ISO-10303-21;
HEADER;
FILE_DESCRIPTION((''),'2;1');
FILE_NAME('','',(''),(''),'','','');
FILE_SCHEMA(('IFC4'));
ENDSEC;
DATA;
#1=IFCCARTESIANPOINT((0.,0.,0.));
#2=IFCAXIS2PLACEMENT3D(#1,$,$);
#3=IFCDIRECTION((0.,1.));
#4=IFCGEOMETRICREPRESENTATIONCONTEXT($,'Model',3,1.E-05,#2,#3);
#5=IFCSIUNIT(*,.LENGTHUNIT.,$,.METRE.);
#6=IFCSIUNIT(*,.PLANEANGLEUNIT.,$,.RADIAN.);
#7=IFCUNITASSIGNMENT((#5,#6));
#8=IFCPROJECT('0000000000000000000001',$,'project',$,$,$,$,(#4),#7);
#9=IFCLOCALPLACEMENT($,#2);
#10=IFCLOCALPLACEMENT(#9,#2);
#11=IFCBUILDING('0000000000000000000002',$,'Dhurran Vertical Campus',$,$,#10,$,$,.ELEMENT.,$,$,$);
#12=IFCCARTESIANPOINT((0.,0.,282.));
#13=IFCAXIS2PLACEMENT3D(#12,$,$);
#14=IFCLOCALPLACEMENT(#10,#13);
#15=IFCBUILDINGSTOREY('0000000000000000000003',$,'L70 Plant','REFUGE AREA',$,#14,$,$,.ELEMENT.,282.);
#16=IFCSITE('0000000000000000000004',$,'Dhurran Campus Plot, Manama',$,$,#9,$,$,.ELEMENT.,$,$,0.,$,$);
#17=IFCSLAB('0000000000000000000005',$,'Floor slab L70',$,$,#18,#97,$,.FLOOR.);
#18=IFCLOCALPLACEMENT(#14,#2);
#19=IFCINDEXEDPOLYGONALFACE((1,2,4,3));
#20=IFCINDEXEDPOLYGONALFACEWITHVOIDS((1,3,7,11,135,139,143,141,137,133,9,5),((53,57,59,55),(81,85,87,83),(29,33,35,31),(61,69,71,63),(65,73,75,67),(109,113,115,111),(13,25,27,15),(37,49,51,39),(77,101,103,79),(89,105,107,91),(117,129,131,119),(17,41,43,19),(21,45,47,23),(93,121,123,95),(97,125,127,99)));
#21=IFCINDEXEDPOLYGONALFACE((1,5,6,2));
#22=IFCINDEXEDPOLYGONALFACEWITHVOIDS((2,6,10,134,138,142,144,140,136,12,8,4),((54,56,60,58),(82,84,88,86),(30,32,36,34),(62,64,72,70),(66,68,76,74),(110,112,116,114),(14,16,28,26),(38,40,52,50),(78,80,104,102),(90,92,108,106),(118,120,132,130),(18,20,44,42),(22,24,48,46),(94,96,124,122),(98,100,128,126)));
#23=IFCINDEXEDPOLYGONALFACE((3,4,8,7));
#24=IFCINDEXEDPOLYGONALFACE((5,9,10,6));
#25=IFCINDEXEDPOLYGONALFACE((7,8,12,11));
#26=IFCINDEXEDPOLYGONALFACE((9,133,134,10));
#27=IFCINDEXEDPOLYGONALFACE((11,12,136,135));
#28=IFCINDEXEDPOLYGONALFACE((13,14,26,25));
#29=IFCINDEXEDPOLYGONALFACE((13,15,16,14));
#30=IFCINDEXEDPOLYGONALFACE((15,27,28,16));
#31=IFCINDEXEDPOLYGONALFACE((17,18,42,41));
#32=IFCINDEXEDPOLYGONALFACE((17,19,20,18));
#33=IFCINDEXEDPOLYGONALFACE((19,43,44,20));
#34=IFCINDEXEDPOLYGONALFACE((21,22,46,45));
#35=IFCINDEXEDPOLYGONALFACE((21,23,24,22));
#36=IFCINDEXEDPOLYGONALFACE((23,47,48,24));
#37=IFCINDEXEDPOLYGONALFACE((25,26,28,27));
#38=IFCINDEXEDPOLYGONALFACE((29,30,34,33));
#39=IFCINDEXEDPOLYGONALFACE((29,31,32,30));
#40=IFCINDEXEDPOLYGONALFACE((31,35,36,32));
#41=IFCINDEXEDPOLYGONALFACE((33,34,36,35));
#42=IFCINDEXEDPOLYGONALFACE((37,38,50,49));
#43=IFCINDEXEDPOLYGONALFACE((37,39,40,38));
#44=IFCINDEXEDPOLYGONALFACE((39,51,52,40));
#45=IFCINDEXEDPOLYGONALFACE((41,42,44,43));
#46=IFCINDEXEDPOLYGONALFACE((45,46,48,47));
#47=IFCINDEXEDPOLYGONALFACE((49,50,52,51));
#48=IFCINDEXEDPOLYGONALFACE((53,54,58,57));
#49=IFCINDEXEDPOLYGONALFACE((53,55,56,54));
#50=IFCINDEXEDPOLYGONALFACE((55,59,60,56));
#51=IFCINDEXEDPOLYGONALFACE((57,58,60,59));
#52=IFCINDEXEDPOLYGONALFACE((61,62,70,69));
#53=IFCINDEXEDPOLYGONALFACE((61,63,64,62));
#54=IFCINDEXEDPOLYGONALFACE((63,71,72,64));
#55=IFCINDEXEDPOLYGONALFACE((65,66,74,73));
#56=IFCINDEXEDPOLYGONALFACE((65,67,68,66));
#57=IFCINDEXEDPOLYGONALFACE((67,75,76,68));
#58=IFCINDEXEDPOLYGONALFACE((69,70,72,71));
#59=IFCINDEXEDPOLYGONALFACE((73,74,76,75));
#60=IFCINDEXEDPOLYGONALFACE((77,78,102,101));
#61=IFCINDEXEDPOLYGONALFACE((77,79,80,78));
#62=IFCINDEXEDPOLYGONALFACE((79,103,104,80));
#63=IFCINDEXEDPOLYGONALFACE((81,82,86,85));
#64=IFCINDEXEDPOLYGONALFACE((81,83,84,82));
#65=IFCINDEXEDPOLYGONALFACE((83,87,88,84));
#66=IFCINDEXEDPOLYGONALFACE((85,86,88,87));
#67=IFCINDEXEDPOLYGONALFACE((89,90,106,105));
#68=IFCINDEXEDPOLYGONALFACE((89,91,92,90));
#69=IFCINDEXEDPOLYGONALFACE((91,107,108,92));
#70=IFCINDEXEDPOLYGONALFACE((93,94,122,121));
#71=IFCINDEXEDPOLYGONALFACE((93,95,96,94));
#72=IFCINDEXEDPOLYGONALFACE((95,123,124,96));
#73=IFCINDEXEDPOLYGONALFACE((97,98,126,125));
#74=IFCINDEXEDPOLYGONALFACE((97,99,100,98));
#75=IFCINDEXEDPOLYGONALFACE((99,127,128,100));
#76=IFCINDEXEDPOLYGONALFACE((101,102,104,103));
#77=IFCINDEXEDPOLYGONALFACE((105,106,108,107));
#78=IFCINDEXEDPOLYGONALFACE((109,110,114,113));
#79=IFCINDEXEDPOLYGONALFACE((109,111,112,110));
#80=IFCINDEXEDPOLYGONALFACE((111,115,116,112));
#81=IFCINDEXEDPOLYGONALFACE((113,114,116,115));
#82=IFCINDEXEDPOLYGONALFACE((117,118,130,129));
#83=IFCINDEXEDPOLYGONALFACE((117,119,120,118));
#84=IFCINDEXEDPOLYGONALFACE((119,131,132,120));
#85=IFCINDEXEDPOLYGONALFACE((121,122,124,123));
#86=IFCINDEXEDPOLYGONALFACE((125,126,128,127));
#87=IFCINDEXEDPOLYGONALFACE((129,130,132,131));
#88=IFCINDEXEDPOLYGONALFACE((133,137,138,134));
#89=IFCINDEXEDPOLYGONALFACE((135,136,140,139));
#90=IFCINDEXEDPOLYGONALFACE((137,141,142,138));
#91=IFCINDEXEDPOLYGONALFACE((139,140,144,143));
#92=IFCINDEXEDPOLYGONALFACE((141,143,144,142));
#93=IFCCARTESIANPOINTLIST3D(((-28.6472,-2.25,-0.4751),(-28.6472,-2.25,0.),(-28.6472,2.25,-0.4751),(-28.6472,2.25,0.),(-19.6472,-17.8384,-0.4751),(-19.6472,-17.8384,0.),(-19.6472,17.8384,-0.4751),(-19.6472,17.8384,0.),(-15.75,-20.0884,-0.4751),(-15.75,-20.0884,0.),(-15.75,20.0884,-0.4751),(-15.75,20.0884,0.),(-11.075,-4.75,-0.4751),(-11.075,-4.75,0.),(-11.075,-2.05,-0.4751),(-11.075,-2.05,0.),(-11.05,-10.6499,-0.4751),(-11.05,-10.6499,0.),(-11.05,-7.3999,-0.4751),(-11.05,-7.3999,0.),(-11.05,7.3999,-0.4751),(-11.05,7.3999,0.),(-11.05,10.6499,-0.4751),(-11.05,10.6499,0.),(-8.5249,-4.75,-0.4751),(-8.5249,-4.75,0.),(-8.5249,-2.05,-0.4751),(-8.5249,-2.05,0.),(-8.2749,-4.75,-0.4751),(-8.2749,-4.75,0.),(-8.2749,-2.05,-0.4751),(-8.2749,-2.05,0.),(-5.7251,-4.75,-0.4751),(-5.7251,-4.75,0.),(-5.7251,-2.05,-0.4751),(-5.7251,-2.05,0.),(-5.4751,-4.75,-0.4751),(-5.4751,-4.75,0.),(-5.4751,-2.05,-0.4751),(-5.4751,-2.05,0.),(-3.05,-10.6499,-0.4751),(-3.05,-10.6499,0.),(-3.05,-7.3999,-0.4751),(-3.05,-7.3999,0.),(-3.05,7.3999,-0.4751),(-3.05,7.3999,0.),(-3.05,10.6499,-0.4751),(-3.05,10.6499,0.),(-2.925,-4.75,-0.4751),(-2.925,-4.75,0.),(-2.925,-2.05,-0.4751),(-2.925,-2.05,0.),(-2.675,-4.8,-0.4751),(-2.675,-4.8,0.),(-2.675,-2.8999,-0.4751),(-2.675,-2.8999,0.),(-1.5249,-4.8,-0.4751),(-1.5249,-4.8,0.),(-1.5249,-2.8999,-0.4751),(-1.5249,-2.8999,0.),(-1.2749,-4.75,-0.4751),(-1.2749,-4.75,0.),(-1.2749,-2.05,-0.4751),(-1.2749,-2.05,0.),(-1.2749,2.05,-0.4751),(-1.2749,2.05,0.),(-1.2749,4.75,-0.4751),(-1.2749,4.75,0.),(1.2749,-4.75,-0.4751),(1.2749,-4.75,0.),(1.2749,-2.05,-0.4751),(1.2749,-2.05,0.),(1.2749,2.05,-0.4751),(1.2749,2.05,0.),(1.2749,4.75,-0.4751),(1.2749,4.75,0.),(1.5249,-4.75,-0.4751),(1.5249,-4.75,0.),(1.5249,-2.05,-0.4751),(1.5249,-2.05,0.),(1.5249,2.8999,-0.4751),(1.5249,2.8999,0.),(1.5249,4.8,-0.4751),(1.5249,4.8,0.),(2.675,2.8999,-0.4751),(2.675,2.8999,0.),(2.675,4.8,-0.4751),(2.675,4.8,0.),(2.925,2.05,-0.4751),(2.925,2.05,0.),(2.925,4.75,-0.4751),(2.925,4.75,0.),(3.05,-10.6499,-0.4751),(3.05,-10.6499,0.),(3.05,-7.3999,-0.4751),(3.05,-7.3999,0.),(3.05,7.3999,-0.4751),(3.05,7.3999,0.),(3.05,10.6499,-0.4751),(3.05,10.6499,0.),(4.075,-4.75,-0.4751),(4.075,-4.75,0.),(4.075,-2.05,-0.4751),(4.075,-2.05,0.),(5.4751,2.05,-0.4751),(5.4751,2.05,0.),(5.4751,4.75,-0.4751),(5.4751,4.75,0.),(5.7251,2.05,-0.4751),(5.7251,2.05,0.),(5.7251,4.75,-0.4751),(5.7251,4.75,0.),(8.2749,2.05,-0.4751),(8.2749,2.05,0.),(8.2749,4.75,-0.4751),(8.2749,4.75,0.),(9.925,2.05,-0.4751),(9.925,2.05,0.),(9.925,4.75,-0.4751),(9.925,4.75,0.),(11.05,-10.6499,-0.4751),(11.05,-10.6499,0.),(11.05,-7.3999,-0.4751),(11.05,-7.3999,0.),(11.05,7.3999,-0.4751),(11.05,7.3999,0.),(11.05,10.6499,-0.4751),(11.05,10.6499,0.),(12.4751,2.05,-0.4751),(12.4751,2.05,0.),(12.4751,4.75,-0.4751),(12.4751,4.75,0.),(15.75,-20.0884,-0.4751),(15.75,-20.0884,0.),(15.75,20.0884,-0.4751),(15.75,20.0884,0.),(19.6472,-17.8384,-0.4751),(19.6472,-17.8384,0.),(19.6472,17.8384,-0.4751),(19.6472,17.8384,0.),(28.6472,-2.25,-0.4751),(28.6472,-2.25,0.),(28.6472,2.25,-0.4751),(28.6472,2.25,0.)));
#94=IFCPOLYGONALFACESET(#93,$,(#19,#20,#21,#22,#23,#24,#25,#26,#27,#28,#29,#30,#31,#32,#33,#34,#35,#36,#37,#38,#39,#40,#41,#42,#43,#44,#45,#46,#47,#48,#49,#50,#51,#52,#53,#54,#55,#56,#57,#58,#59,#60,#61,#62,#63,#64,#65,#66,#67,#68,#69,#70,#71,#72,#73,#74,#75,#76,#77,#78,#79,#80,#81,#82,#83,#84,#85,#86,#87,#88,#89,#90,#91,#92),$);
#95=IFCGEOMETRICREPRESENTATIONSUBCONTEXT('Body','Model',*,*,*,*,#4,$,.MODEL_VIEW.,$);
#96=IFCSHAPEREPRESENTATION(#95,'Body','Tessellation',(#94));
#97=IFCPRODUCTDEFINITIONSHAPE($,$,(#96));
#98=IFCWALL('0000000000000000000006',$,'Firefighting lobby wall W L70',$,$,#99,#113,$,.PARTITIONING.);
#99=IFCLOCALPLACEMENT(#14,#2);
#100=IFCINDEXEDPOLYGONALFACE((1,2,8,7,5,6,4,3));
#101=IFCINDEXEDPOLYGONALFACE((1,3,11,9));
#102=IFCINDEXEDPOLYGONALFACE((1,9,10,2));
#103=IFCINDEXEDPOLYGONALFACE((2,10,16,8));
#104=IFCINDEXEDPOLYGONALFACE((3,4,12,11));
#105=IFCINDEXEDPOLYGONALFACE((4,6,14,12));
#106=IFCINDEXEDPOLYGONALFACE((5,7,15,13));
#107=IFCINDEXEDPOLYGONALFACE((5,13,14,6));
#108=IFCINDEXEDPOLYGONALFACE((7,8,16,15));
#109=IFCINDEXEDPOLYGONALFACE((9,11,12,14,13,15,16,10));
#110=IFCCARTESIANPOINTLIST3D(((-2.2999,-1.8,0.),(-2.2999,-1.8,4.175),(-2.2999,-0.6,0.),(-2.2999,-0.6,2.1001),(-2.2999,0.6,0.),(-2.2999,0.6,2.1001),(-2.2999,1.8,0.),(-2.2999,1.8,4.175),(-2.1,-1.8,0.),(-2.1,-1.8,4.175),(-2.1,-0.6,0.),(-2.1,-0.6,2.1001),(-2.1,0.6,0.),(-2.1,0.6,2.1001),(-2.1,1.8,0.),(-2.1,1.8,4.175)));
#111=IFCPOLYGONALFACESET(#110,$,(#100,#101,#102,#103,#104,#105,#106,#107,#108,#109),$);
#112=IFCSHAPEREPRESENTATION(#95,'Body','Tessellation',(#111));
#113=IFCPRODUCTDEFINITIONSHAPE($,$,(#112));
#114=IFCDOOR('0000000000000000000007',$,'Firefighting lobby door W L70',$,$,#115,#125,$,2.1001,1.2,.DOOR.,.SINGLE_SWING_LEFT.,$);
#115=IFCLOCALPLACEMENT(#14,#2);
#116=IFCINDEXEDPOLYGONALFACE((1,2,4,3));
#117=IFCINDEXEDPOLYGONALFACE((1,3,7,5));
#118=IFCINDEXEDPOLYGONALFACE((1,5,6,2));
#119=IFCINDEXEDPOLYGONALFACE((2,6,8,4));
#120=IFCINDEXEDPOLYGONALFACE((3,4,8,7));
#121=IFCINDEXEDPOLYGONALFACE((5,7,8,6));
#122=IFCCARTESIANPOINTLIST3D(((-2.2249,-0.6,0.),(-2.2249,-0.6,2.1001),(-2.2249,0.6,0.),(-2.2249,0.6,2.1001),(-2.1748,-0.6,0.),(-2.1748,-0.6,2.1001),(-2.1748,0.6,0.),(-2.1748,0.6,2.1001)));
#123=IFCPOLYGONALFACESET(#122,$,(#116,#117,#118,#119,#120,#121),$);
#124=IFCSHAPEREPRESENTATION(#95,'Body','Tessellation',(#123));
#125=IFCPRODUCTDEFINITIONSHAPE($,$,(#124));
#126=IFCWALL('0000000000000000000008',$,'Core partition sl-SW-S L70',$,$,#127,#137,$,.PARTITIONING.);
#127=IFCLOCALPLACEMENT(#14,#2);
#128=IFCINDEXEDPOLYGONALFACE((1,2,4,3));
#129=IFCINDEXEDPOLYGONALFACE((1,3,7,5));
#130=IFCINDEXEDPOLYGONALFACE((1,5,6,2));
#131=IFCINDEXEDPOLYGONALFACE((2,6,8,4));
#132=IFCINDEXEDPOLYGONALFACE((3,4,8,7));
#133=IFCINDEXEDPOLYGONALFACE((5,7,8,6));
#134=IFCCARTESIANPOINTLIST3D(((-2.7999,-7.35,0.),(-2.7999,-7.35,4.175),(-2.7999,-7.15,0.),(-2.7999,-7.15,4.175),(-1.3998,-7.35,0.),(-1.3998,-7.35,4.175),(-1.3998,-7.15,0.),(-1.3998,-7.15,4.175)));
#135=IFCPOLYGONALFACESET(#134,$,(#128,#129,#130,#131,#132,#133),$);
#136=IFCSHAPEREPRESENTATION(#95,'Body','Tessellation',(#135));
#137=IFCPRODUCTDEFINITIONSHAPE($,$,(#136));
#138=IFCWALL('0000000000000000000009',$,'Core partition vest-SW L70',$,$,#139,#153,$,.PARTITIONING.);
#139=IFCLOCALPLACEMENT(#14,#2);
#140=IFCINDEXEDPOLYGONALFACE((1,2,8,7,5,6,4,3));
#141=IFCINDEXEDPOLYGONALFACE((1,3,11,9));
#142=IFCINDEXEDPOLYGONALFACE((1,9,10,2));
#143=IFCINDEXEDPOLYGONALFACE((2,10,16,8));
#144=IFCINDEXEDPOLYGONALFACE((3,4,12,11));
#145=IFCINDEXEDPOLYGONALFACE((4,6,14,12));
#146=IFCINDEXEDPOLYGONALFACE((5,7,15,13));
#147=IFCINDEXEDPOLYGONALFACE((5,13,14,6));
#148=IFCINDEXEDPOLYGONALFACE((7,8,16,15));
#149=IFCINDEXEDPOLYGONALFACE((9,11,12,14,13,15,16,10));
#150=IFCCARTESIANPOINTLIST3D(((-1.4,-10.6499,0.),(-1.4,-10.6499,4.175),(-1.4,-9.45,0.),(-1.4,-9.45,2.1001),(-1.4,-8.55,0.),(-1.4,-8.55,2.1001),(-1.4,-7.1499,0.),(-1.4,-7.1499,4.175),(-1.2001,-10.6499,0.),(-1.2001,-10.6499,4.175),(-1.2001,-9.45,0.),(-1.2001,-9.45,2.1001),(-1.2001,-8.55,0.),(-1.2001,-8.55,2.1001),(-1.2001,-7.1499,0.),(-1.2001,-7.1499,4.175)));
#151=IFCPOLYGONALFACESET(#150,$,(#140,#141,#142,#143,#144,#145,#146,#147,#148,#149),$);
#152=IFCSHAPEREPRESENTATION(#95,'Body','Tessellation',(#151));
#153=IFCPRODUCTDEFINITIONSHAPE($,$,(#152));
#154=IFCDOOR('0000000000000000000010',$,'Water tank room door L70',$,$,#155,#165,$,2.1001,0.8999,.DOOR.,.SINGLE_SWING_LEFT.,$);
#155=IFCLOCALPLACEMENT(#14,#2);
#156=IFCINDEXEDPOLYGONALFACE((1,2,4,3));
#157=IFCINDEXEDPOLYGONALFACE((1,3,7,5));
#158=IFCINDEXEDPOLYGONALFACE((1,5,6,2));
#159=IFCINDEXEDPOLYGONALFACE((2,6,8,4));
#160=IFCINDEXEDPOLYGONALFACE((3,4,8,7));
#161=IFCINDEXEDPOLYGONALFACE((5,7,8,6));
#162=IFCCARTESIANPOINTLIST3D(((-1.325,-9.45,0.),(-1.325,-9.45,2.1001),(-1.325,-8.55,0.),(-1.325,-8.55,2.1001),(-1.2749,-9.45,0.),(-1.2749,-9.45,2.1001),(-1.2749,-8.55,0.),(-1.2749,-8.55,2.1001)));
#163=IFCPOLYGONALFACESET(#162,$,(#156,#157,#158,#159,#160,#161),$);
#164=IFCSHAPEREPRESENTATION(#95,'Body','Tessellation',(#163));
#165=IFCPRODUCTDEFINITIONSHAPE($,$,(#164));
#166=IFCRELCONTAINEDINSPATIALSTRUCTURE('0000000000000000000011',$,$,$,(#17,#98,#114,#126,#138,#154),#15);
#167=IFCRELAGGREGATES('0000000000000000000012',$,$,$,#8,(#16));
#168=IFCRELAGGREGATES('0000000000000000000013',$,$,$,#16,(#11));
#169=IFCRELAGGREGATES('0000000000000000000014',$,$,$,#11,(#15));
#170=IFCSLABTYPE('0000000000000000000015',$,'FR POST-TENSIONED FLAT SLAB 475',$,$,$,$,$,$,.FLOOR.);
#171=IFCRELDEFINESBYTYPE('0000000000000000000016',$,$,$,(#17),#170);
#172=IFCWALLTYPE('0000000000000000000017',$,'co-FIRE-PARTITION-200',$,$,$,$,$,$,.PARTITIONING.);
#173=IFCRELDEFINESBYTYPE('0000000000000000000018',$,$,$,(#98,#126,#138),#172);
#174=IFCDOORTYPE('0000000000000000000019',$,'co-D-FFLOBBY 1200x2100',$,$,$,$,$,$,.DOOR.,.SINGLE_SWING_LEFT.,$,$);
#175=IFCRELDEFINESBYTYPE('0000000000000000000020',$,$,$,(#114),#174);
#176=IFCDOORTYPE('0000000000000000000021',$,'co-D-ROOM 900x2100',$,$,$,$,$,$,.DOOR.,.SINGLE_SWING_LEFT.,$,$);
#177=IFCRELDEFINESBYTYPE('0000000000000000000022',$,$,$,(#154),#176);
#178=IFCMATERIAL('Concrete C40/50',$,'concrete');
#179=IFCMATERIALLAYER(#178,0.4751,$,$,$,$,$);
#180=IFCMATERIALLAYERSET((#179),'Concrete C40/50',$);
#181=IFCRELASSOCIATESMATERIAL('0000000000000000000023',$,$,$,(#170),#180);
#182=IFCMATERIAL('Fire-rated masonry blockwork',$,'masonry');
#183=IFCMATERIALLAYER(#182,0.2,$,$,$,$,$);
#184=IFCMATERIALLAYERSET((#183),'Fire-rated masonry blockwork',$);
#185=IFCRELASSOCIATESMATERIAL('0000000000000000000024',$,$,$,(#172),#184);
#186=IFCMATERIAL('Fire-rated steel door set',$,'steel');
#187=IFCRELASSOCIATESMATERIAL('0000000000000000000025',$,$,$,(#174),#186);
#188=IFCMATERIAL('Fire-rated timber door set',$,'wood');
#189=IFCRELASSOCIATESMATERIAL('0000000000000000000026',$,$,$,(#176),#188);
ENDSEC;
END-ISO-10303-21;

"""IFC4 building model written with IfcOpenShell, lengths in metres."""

from ifc_helpers import new_model, si_unit, direction, frame, frame_2d, origin, place, context, subcontext, project, spatial, polyline, rectangle, outline, extrude, material, layer, layer_set, type_object, element, fill, save


model = new_model("IFC4")

# Units and contexts
model_context = context("Model", 3, precision=1e-05, world=origin(), true_north=direction((0.0, 1.0)))
body_context = subcontext(model_context, "Body", "Model", "MODEL_VIEW")
ifc_project = project(units=[si_unit("LENGTHUNIT", "METRE"), si_unit("PLANEANGLEUNIT", "RADIAN")], contexts=[model_context])

# Site, building, storey
site_placement = place(None, origin())
site = spatial("IfcSite", under=ifc_project, at=site_placement, Name="Dhurran Campus Plot, Manama", CompositionType="ELEMENT", RefElevation=0.0)
building_placement = place(site_placement, origin())
building = spatial("IfcBuilding", under=site, at=building_placement, Name="Dhurran Vertical Campus", CompositionType="ELEMENT")
storey_placement = place(building_placement, frame((0.0, 0.0, 282.0)))
storey = spatial("IfcBuildingStorey", under=building, at=storey_placement, Name="L70 Plant", Description="REFUGE AREA", CompositionType="ELEMENT", Elevation=282.0)

# Slab
ifc_material_1 = material(Name="Concrete C40/50", Category="concrete")
ifc_layer_1 = layer(ifc_material_1, 0.4751)
ifc_layer_set_1 = layer_set([ifc_layer_1], Name="Concrete C40/50")
slab_type = type_object("IfcSlabType", Name="FR POST-TENSIONED FLAT SLAB 475", PredefinedType="FLOOR", material=ifc_layer_set_1)
slab_placement = place(storey_placement, frame((0.0, 0.0, -0.4751)))
element("IfcSlab", 1, at=slab_placement, inside=storey, type_object=slab_type, Name="Floor slab L70", PredefinedType="FLOOR", context=body_context, shape_type="SweptSolid", body=[
    extrude(outline(polyline([(-15.75, -20.0884), (15.75, -20.0884), (19.6472, -17.8384), (28.6472, -2.25), (28.6472, 2.25), (19.6472, 17.8384), (15.75, 20.0884), (-15.75, 20.0884), (-19.6472, 17.8384), (-28.6472, 2.25), (-28.6472, -2.25), (-19.6472, -17.8384), (-15.75, -20.0884)]), holes=[polyline([(-1.2749, 2.05), (1.2749, 2.05), (1.2749, 4.75), (-1.2749, 4.75), (-1.2749, 2.05)]), polyline([(9.925, 2.05), (12.4751, 2.05), (12.4751, 4.75), (9.925, 4.75), (9.925, 2.05)]), polyline([(-1.2749, -4.75), (1.2749, -4.75), (1.2749, -2.05), (-1.2749, -2.05), (-1.2749, -4.75)]), polyline([(1.5249, -4.75), (4.075, -4.75), (4.075, -2.05), (1.5249, -2.05), (1.5249, -4.75)]), polyline([(2.925, 2.05), (5.4751, 2.05), (5.4751, 4.75), (2.925, 4.75), (2.925, 2.05)]), polyline([(5.7251, 2.05), (8.2749, 2.05), (8.2749, 4.75), (5.7251, 4.75), (5.7251, 2.05)]), polyline([(-11.075, -4.75), (-8.5249, -4.75), (-8.5249, -2.05), (-11.075, -2.05), (-11.075, -4.75)]), polyline([(-8.2749, -4.75), (-5.7251, -4.75), (-5.7251, -2.05), (-8.2749, -2.05), (-8.2749, -4.75)]), polyline([(-5.4751, -4.75), (-2.925, -4.75), (-2.925, -2.05), (-5.4751, -2.05), (-5.4751, -4.75)]), polyline([(-11.05, 7.3999), (-3.05, 7.3999), (-3.05, 10.6499), (-11.05, 10.6499), (-11.05, 7.3999)]), polyline([(3.05, 7.3999), (11.05, 7.3999), (11.05, 10.6499), (3.05, 10.6499), (3.05, 7.3999)]), polyline([(-11.05, -10.6499), (-3.05, -10.6499), (-3.05, -7.3999), (-11.05, -7.3999), (-11.05, -10.6499)]), polyline([(3.05, -10.6499), (11.05, -10.6499), (11.05, -7.3999), (3.05, -7.3999), (3.05, -10.6499)]), polyline([(2.675, 2.8999), (1.5249, 2.8999), (1.5249, 4.8), (2.675, 4.8), (2.675, 2.8999)]), polyline([(-2.675, -2.8999), (-1.5249, -2.8999), (-1.5249, -4.8), (-2.675, -4.8), (-2.675, -2.8999)])]), origin(), (0.0, 0.0, 1.0), 0.4751),
])

# Wall, opening, door
ifc_material_2 = material(Name="Fire-rated masonry blockwork", Category="masonry")
ifc_layer_2 = layer(ifc_material_2, 0.2)
ifc_layer_set_2 = layer_set([ifc_layer_2], Name="Fire-rated masonry blockwork")
wall_type_1 = type_object("IfcWallType", Name="co-FIRE-PARTITION-200", PredefinedType="PARTITIONING", material=ifc_layer_set_2)
wall_1_placement = place(storey_placement, frame((-2.2, -1.8, 0.0), z_axis=(0.0, 0.0, 1.0), x_axis=(0.0, 1.0, 0.0)))
wall_1 = element("IfcWall", 2, at=wall_1_placement, inside=storey, type_object=wall_type_1, Name="Firefighting lobby wall W L70", PredefinedType="PARTITIONING", context=body_context, shape_type="SweptSolid", body=[
    extrude(rectangle(XDim=3.6001, YDim=0.2, at=frame_2d((1.8, 0.0))), origin(), (0.0, 0.0, 1.0), 4.175),
])
opening_1_placement = place(wall_1_placement, frame((1.2, 0.0, 0.0)))
opening_1 = element("IfcOpeningElement", 3, at=opening_1_placement, cuts=wall_1, PredefinedType="OPENING", context=body_context, shape_type="SweptSolid", body=[
    extrude(rectangle(XDim=1.2, YDim=2.1001, at=frame_2d((0.6001, 1.05))), frame((0.0, 0.1099, 0.0), z_axis=(0.0, -1.0, 0.0), x_axis=(1.0, 0.0, 0.0)), (0.0, 0.0, 1.0), 0.22),
])
ifc_material_3 = material(Name="Fire-rated steel door set", Category="steel")
door_type_1 = type_object("IfcDoorType", Name="co-D-FFLOBBY 1200x2100", OperationType="SINGLE_SWING_LEFT", PredefinedType="DOOR", material=ifc_material_3)
door_1_placement = place(opening_1_placement, origin())
door_1 = element("IfcDoor", 4, at=door_1_placement, inside=storey, type_object=door_type_1, Name="Firefighting lobby door W L70", OperationType="SINGLE_SWING_LEFT", OverallHeight=2.1001, OverallWidth=1.2, PredefinedType="DOOR", context=body_context, shape_type="SweptSolid", body=[
    extrude(rectangle(XDim=1.2, YDim=2.1001, at=frame_2d((0.6001, 1.05))), frame((0.0, 0.0249, 0.0), z_axis=(0.0, -1.0, 0.0), x_axis=(1.0, 0.0, 0.0)), (0.0, 0.0, 1.0), 0.05),
])
fill(opening_1, door_1)

# Wall
wall_2_placement = place(storey_placement, frame((-2.8, -7.25, 0.0), z_axis=(0.0, 0.0, 1.0), x_axis=(1.0, 0.0, 0.0)))
element("IfcWall", 5, at=wall_2_placement, inside=storey, type_object=wall_type_1, Name="Core partition sl-SW-S L70", PredefinedType="PARTITIONING", context=body_context, shape_type="SweptSolid", body=[
    extrude(rectangle(XDim=1.4001, YDim=0.2, at=frame_2d((0.7002, 0.0))), origin(), (0.0, 0.0, 1.0), 4.175),
])

# Wall, opening, door
wall_3_placement = place(storey_placement, frame((-1.3, -10.6499, 0.0), z_axis=(0.0, 0.0, 1.0), x_axis=(0.0, 1.0, 0.0)))
wall_3 = element("IfcWall", 6, at=wall_3_placement, inside=storey, type_object=wall_type_1, Name="Core partition vest-SW L70", PredefinedType="PARTITIONING", context=body_context, shape_type="SweptSolid", body=[
    extrude(rectangle(XDim=3.5, YDim=0.2, at=frame_2d((1.75, 0.0))), origin(), (0.0, 0.0, 1.0), 4.175),
])
opening_2_placement = place(wall_3_placement, frame((1.2, 0.0, 0.0)))
opening_2 = element("IfcOpeningElement", 7, at=opening_2_placement, cuts=wall_3, PredefinedType="OPENING", context=body_context, shape_type="SweptSolid", body=[
    extrude(rectangle(XDim=0.8999, YDim=2.1001, at=frame_2d((0.45, 1.05))), frame((0.0, 0.1099, 0.0), z_axis=(0.0, -1.0, 0.0), x_axis=(1.0, 0.0, 0.0)), (0.0, 0.0, 1.0), 0.22),
])
ifc_material_4 = material(Name="Fire-rated timber door set", Category="wood")
door_type_2 = type_object("IfcDoorType", Name="co-D-ROOM 900x2100", OperationType="SINGLE_SWING_LEFT", PredefinedType="DOOR", material=ifc_material_4)
door_2_placement = place(opening_2_placement, origin())
door_2 = element("IfcDoor", 8, at=door_2_placement, inside=storey, type_object=door_type_2, Name="Water tank room door L70", OperationType="SINGLE_SWING_LEFT", OverallHeight=2.1001, OverallWidth=0.8999, PredefinedType="DOOR", context=body_context, shape_type="SweptSolid", body=[
    extrude(rectangle(XDim=0.8999, YDim=2.1001, at=frame_2d((0.45, 1.05))), frame((0.0, 0.0249, 0.0), z_axis=(0.0, -1.0, 0.0), x_axis=(1.0, 0.0, 0.0)), (0.0, 0.0, 1.0), 0.05),
])
fill(opening_2, door_2)

save(model, "model.ifc")
